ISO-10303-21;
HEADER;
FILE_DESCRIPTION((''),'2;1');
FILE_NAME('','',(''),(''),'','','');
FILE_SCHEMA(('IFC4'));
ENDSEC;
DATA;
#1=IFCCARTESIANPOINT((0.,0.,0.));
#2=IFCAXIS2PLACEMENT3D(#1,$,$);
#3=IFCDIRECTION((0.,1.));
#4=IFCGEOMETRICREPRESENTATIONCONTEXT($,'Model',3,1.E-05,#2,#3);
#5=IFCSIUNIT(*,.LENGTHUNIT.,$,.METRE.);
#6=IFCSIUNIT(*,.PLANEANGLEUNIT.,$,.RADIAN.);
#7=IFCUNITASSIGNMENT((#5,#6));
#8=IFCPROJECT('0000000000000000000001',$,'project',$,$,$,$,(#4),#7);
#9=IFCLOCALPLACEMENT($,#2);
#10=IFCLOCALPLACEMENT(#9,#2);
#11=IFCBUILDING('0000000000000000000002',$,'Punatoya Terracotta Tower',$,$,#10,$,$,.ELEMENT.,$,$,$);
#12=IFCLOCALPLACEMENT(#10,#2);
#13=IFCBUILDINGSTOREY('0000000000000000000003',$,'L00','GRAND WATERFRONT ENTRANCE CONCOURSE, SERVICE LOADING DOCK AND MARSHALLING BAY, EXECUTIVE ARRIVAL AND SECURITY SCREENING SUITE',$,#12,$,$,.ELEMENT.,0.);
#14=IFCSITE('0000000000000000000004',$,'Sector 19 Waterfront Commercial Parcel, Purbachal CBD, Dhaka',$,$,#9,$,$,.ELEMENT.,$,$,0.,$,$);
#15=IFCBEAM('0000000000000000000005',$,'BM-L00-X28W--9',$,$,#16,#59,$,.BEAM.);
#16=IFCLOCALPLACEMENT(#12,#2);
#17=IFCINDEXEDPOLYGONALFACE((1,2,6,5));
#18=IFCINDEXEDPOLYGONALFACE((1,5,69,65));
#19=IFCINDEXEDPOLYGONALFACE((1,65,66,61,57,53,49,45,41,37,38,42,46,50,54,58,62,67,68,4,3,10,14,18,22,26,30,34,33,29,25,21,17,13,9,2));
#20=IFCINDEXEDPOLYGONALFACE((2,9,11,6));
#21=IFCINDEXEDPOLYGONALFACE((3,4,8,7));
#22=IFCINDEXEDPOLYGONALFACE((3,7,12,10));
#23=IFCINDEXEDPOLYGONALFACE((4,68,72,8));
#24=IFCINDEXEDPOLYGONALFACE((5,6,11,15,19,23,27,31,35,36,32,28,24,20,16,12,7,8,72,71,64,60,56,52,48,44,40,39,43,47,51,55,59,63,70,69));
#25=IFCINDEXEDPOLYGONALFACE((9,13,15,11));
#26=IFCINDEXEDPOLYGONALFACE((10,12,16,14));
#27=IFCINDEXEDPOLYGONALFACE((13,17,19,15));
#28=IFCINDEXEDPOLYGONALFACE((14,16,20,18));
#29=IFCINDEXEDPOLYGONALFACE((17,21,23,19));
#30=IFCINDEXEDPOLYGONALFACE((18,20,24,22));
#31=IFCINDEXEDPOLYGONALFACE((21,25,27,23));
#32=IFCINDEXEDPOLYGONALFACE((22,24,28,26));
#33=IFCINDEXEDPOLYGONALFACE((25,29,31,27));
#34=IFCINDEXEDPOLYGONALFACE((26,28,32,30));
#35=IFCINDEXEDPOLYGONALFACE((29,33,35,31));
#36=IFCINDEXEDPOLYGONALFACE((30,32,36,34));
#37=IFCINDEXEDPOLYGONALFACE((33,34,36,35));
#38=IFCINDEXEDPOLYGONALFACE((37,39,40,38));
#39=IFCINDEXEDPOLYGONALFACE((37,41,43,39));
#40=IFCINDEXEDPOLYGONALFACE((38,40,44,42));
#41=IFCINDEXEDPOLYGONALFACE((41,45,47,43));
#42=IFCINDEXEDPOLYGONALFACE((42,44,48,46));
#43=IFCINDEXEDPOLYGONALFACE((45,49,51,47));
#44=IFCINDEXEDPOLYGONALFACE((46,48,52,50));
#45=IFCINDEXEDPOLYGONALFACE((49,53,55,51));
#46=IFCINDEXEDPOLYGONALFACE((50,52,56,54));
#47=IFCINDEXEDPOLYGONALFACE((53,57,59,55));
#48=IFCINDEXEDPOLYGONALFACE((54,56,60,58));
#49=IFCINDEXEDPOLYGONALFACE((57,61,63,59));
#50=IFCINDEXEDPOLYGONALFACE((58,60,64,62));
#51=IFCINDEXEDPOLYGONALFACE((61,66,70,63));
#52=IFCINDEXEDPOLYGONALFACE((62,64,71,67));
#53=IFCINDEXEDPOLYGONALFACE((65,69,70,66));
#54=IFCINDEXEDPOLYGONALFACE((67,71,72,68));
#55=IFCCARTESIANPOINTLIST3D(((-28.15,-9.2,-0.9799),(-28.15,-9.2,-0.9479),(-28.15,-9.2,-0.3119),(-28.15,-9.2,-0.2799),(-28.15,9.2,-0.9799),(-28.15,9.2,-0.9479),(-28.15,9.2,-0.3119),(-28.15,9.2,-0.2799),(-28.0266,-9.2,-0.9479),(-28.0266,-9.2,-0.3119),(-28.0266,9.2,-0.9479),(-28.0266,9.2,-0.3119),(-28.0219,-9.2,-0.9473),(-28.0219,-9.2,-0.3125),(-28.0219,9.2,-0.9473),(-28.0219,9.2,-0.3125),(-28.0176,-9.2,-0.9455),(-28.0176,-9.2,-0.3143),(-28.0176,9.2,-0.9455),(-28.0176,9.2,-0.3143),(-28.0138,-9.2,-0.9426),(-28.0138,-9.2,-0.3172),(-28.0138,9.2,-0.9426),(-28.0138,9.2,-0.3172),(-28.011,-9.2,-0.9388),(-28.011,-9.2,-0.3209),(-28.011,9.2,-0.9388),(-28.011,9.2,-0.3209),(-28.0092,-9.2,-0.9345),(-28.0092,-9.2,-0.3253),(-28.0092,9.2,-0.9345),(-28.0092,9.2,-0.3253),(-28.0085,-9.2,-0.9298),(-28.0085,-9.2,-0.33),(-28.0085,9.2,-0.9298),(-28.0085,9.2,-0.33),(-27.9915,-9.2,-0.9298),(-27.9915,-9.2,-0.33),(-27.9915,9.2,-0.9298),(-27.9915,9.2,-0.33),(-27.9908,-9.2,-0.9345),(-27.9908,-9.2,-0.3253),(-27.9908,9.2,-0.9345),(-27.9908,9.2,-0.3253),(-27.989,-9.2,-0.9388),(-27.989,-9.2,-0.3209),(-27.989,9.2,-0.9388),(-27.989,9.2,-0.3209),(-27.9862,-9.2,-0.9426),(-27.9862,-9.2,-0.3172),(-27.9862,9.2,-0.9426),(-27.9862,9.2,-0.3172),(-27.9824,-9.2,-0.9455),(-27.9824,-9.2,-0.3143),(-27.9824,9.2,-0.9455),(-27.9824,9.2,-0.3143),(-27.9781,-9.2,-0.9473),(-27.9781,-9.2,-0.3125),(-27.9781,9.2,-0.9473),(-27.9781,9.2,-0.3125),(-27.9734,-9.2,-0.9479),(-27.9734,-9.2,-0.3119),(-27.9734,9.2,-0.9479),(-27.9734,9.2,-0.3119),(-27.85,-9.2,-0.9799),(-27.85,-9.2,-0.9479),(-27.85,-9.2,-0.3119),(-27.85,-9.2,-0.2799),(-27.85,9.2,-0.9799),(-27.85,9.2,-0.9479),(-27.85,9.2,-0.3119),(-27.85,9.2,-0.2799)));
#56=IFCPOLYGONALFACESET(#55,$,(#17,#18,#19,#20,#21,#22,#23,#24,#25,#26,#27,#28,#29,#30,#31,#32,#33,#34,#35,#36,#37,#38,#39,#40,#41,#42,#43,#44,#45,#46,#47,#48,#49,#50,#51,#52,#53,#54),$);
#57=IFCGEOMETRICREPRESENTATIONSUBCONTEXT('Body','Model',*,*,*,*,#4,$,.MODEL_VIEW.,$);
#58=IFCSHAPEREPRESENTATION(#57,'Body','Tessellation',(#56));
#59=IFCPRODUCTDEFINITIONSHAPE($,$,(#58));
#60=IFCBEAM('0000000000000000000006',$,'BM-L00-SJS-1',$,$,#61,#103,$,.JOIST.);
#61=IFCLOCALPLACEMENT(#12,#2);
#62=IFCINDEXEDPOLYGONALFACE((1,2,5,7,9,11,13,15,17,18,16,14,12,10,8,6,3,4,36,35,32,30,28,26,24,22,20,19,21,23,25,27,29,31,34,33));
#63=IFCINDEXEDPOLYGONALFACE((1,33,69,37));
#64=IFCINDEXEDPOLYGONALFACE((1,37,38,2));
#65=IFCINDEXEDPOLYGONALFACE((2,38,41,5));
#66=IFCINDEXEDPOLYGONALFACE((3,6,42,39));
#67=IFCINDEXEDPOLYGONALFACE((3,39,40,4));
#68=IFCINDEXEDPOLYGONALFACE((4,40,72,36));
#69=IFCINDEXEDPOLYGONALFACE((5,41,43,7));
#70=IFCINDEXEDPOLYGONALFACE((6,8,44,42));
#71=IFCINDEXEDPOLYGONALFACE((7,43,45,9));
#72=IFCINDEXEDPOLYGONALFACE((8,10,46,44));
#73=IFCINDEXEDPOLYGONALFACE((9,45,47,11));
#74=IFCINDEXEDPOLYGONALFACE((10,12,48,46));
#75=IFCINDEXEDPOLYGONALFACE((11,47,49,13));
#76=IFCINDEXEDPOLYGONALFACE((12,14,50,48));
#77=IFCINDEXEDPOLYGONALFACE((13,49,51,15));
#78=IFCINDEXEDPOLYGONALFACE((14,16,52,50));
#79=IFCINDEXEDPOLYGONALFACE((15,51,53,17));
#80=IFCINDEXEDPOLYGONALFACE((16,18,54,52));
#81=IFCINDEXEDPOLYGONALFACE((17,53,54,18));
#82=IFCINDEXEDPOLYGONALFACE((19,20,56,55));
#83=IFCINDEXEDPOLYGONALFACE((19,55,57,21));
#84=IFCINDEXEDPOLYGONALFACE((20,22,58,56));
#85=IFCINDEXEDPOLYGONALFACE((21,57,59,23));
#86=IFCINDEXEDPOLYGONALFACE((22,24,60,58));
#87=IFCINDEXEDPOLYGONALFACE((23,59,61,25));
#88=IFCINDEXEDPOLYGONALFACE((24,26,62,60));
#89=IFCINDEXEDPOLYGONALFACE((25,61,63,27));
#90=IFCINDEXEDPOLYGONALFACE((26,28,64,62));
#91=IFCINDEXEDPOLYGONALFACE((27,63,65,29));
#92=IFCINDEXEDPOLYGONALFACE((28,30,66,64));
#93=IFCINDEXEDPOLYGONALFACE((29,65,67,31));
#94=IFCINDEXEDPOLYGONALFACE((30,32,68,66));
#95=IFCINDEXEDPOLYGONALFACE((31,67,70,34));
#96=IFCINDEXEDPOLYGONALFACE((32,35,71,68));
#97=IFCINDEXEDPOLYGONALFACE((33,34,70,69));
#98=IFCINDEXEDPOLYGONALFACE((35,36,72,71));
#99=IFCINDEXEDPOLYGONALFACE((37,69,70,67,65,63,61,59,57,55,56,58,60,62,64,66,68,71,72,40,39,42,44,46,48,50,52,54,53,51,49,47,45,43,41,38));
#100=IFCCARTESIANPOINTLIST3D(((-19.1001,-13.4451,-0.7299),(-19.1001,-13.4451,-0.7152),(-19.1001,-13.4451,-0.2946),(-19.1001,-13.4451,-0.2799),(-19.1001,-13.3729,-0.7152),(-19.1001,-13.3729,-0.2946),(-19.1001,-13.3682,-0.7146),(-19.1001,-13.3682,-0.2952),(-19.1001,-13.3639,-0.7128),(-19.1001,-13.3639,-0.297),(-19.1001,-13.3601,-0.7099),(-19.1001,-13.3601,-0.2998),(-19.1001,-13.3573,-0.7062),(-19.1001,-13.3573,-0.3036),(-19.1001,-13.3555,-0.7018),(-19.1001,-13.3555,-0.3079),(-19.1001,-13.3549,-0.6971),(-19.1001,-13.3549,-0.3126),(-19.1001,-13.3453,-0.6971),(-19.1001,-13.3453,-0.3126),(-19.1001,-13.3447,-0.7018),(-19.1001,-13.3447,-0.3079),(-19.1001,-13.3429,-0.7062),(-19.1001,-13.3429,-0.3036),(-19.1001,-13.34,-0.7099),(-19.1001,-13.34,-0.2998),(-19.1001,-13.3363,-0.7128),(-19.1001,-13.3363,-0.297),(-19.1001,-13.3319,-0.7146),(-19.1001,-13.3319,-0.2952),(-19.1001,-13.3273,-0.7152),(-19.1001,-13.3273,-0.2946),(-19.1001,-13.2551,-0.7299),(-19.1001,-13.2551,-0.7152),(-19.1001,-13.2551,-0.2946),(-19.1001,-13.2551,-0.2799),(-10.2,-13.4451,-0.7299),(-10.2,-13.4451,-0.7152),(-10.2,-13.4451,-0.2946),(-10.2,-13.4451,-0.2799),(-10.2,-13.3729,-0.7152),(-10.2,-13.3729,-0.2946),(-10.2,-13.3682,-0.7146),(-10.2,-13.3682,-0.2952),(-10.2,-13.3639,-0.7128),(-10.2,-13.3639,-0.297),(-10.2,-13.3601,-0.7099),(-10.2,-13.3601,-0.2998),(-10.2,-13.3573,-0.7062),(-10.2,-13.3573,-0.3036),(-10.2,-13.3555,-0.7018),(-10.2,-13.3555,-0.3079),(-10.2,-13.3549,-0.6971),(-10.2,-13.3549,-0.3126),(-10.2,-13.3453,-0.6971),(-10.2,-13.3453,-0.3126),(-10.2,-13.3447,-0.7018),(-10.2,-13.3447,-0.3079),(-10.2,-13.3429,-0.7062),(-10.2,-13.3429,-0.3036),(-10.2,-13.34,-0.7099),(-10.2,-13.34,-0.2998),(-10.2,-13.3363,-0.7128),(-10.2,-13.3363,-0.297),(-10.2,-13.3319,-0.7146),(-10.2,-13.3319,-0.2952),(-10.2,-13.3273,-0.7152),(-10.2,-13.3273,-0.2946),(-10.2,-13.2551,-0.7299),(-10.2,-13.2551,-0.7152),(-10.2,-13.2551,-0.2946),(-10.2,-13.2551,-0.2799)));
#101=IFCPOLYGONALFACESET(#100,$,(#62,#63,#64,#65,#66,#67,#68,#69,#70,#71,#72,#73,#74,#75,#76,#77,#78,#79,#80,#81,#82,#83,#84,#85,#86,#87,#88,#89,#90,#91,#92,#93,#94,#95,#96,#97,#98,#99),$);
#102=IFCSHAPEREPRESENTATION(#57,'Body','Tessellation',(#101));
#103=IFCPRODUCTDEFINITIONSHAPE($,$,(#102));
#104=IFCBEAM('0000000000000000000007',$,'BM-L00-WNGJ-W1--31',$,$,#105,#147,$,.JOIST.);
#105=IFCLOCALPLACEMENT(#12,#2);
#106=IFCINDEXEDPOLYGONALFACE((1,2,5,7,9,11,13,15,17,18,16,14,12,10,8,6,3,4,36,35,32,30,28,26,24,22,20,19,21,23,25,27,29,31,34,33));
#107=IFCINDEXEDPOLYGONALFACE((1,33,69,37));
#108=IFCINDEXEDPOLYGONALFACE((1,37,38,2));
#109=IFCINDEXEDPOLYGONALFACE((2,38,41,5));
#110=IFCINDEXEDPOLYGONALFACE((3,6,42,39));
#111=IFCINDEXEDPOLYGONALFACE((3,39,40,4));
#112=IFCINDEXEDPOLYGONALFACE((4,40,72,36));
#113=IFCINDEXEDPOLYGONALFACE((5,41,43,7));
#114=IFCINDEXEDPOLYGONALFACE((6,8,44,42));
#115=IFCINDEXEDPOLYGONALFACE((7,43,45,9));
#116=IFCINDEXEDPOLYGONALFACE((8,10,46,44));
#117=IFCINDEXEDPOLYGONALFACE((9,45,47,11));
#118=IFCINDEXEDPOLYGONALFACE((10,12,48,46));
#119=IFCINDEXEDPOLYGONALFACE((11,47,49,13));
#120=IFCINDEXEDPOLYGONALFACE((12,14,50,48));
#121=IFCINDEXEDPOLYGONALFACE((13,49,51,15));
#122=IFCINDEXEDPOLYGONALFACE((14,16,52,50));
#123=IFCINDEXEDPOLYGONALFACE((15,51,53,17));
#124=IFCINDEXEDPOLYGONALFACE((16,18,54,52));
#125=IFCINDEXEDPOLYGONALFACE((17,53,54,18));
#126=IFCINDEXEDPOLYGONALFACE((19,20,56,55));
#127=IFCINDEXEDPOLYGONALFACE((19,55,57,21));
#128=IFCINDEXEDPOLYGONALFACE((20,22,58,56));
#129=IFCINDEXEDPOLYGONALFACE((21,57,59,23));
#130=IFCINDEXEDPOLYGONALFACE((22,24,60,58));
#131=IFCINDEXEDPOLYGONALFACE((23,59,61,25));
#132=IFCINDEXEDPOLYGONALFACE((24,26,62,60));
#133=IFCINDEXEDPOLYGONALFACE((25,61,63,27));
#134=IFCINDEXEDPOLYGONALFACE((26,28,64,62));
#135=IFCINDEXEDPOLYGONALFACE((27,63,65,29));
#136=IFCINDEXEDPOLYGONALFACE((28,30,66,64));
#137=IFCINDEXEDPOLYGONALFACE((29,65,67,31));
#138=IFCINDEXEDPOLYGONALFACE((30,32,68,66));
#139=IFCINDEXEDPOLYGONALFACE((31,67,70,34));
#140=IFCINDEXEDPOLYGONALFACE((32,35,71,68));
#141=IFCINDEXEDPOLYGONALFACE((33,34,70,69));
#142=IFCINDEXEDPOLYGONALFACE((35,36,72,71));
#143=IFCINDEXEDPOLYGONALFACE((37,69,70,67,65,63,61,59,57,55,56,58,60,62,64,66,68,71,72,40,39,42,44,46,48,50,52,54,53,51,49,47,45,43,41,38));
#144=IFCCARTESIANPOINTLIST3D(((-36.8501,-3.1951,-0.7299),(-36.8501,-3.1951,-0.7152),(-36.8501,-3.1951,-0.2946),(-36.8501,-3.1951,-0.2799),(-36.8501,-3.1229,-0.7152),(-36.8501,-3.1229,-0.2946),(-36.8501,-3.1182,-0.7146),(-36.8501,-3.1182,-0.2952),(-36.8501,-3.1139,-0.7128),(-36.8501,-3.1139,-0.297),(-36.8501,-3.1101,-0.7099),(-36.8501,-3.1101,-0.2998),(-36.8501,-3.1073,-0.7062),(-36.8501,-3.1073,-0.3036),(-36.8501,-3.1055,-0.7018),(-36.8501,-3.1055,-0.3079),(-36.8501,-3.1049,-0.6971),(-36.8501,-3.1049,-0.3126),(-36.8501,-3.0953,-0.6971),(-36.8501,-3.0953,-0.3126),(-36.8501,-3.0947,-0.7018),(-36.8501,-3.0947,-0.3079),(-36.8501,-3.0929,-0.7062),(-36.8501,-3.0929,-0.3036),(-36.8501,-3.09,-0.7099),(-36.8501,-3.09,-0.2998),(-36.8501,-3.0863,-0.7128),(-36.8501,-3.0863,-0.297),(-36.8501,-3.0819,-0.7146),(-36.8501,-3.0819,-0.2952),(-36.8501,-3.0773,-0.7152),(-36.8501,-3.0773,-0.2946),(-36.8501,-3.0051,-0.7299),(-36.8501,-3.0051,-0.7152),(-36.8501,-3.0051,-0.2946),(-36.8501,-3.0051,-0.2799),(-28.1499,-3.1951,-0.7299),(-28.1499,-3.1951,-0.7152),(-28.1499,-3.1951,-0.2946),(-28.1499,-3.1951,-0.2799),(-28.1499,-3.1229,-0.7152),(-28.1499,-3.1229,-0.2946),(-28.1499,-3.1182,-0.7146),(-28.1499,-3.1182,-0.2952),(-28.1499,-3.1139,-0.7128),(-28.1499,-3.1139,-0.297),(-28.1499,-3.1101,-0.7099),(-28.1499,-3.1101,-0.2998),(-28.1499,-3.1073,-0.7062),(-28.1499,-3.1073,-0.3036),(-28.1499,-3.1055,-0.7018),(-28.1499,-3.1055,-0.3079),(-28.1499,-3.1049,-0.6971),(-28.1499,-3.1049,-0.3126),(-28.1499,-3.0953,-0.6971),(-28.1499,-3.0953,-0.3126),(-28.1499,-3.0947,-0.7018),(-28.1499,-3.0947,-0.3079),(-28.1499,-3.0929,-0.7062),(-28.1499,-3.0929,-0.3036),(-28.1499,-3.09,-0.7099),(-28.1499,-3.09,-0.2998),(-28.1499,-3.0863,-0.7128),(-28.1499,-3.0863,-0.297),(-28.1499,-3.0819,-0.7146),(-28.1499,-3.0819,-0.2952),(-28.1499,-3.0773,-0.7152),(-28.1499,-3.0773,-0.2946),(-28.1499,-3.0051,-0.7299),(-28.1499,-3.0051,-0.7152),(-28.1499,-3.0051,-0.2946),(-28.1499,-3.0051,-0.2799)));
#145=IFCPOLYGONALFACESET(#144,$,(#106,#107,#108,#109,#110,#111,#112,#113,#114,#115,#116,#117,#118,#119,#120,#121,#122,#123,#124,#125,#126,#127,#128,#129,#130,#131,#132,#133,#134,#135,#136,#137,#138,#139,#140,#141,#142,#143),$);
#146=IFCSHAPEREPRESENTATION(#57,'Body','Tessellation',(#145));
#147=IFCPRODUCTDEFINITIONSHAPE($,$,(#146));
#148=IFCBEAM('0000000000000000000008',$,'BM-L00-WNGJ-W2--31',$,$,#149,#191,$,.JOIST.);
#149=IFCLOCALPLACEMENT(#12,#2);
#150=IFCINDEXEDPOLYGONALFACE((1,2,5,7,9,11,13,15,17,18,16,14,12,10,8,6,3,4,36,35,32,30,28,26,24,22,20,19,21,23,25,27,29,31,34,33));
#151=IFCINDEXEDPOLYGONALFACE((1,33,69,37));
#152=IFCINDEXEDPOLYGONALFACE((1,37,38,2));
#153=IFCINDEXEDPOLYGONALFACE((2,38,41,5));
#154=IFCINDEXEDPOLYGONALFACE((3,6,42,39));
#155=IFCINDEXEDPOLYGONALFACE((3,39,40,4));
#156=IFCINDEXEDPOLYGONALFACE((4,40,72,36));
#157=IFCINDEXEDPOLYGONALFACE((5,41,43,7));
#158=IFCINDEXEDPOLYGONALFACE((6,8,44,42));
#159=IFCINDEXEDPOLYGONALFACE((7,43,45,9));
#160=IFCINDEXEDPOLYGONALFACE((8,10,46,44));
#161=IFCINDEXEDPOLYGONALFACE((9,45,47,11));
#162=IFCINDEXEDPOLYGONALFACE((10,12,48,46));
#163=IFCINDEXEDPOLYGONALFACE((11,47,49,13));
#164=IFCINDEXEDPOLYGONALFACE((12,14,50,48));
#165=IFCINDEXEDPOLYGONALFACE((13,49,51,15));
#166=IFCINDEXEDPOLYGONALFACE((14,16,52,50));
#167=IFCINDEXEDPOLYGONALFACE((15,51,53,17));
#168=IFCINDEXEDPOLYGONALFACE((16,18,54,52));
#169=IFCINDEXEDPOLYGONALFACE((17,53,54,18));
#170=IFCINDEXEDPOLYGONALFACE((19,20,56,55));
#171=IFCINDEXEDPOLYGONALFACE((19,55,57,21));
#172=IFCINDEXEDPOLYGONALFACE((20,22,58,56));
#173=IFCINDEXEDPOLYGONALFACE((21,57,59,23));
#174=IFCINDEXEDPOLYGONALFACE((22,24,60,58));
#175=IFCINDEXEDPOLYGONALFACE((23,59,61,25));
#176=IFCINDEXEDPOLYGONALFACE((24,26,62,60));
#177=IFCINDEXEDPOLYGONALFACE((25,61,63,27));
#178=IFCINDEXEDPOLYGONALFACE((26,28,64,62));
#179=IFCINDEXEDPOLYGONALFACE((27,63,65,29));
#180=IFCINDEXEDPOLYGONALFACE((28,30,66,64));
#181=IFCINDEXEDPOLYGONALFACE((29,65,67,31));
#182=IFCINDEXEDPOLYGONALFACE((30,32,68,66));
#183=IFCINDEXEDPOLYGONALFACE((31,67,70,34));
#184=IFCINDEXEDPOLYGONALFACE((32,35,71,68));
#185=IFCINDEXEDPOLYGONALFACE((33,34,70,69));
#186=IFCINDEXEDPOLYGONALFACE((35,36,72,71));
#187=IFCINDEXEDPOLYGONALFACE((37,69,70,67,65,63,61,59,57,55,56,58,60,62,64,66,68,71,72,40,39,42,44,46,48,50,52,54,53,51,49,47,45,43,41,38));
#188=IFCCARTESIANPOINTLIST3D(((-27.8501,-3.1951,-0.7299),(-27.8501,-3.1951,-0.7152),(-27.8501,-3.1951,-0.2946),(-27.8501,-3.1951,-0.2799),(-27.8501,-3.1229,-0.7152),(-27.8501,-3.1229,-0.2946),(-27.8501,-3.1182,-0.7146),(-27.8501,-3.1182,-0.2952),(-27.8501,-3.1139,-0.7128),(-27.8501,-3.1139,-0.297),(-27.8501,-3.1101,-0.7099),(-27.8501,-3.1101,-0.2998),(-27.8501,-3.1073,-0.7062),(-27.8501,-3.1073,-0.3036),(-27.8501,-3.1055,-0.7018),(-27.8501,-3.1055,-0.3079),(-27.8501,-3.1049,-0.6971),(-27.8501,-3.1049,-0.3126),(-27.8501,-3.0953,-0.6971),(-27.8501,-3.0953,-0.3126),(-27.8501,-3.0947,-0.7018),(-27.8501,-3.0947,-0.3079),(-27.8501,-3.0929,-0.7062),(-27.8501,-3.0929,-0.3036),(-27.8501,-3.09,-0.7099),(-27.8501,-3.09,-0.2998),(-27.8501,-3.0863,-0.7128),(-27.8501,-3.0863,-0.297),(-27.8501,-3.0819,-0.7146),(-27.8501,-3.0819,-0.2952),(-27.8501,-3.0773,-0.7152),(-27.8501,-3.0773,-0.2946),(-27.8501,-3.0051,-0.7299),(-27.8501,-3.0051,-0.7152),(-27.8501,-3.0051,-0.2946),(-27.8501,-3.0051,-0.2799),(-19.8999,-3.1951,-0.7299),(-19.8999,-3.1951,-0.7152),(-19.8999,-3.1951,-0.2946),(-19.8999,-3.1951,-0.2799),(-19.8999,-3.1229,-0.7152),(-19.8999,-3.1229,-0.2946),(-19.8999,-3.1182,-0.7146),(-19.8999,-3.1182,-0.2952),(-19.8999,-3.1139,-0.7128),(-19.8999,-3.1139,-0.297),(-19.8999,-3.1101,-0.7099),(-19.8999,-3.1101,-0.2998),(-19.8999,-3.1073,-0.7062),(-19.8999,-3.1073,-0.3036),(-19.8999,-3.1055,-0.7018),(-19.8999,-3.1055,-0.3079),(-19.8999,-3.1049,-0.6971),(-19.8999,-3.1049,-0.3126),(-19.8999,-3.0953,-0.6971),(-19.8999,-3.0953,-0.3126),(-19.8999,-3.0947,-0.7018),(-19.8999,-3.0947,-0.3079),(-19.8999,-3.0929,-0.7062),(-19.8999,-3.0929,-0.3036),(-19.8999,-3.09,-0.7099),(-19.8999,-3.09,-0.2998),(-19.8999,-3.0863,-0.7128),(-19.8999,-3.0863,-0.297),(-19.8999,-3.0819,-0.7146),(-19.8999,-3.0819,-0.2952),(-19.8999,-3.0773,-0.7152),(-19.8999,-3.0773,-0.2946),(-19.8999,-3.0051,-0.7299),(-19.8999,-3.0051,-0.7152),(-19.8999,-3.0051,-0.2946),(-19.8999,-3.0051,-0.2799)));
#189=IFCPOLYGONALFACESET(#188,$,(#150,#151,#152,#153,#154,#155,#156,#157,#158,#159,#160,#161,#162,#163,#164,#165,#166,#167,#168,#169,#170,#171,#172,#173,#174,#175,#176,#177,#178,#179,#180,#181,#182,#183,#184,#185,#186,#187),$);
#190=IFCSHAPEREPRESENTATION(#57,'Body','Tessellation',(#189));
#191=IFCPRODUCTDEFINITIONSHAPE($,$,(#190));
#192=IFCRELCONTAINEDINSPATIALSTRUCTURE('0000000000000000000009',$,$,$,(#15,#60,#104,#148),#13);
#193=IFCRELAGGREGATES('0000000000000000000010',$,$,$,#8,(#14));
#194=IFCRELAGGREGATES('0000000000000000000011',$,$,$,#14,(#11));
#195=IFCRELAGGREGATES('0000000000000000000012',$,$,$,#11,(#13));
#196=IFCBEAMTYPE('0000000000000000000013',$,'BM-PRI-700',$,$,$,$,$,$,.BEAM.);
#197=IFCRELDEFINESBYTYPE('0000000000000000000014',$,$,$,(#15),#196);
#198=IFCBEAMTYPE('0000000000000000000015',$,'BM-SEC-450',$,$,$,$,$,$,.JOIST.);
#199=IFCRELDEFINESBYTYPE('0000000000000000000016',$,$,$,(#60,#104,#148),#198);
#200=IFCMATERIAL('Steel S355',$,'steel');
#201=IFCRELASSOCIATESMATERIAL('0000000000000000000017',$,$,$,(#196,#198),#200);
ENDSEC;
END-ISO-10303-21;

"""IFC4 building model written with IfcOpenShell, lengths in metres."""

from ifc_helpers import new_model, si_unit, direction, frame, origin, origin_2d, place, context, subcontext, project, spatial, i_section, extrude, material, material_profile, profile_set, type_object, element, save


model = new_model("IFC4")

# Units and contexts
model_context = context("Model", 3, precision=1e-05, world=origin(), true_north=direction((0.0, 1.0)))
body_context = subcontext(model_context, "Body", "Model", "MODEL_VIEW")
ifc_project = project(units=[si_unit("LENGTHUNIT", "METRE"), si_unit("PLANEANGLEUNIT", "RADIAN")], contexts=[model_context])

# Site, building, storey
site_placement = place(None, origin())
site = spatial("IfcSite", under=ifc_project, at=site_placement, Name="Sector 19 Waterfront Commercial Parcel, Purbachal CBD, Dhaka", CompositionType="ELEMENT", RefElevation=0.0)
building_placement = place(site_placement, origin())
building = spatial("IfcBuilding", under=site, at=building_placement, Name="Punatoya Terracotta Tower", CompositionType="ELEMENT")
storey_placement = place(building_placement, origin())
storey = spatial("IfcBuildingStorey", under=building, at=storey_placement, Name="L00", Description="GRAND WATERFRONT ENTRANCE CONCOURSE, SERVICE LOADING DOCK AND MARSHALLING BAY, EXECUTIVE ARRIVAL AND SECURITY SCREENING SUITE", CompositionType="ELEMENT", Elevation=0.0)

# Beams
ifc_material_1 = material(Name="Steel S355", Category="steel")
ifc_material_profile_1 = material_profile(ifc_material_1, i_section(OverallWidth=0.3, OverallDepth=0.7, WebThickness=0.0171, FlangeThickness=0.032, FilletRadius=0.0181, at=origin_2d()))
ifc_profile_set_1 = profile_set([ifc_material_profile_1], Name="Steel S355")
beam_type_1 = type_object("IfcBeamType", Name="BM-PRI-700", PredefinedType="BEAM", material=ifc_profile_set_1)
for number, where, z_axis, x_axis, name in (
    (1, (-28.0, -9.2, -0.6299), (0.0, 1.0, 0.0), (-1.0, 0.0, 0.0), "BM-L00-X28W--9"),
):
    element("IfcBeam", number, at=place(storey_placement, frame(where, z_axis=z_axis, x_axis=x_axis)), inside=storey, type_object=beam_type_1, Name=name, PredefinedType="BEAM", context=body_context, shape_type="SweptSolid", body=[
        extrude(i_section(OverallWidth=0.3, OverallDepth=0.7, WebThickness=0.0171, FlangeThickness=0.032, FilletRadius=0.0181, at=origin_2d()), origin(), (0.0, 0.0, 1.0), 18.3999),
    ])
ifc_material_profile_2 = material_profile(ifc_material_1, i_section(OverallWidth=0.1899, OverallDepth=0.45, WebThickness=0.0095, FlangeThickness=0.0146, FilletRadius=0.0181, at=origin_2d()))
ifc_profile_set_2 = profile_set([ifc_material_profile_2], Name="Steel S355")
beam_type_2 = type_object("IfcBeamType", Name="BM-SEC-450", PredefinedType="JOIST", material=ifc_profile_set_2)
beam_1_placement = place(storey_placement, frame((-19.1001, -13.3501, -0.5049), z_axis=(1.0, 0.0, 0.0), x_axis=(0.0, 1.0, 0.0)))
element("IfcBeam", 2, at=beam_1_placement, inside=storey, type_object=beam_type_2, Name="BM-L00-SJS-1", PredefinedType="JOIST", context=body_context, shape_type="SweptSolid", body=[
    extrude(i_section(OverallWidth=0.1899, OverallDepth=0.45, WebThickness=0.0095, FlangeThickness=0.0146, FilletRadius=0.0181, at=origin_2d()), origin(), (0.0, 0.0, 1.0), 8.9001),
])
beam_2_placement = place(storey_placement, frame((-36.8501, -3.1001, -0.5049), z_axis=(1.0, 0.0, 0.0), x_axis=(0.0, 1.0, 0.0)))
element("IfcBeam", 3, at=beam_2_placement, inside=storey, type_object=beam_type_2, Name="BM-L00-WNGJ-W1--31", PredefinedType="JOIST", context=body_context, shape_type="SweptSolid", body=[
    extrude(i_section(OverallWidth=0.1899, OverallDepth=0.45, WebThickness=0.0095, FlangeThickness=0.0146, FilletRadius=0.0181, at=origin_2d()), origin(), (0.0, 0.0, 1.0), 8.7002),
])
beam_3_placement = place(storey_placement, frame((-27.8501, -3.1001, -0.5049), z_axis=(1.0, 0.0, 0.0), x_axis=(0.0, 1.0, 0.0)))
element("IfcBeam", 4, at=beam_3_placement, inside=storey, type_object=beam_type_2, Name="BM-L00-WNGJ-W2--31", PredefinedType="JOIST", context=body_context, shape_type="SweptSolid", body=[
    extrude(i_section(OverallWidth=0.1899, OverallDepth=0.45, WebThickness=0.0095, FlangeThickness=0.0146, FilletRadius=0.0181, at=origin_2d()), origin(), (0.0, 0.0, 1.0), 7.9502),
])

save(model, "model.ifc")
